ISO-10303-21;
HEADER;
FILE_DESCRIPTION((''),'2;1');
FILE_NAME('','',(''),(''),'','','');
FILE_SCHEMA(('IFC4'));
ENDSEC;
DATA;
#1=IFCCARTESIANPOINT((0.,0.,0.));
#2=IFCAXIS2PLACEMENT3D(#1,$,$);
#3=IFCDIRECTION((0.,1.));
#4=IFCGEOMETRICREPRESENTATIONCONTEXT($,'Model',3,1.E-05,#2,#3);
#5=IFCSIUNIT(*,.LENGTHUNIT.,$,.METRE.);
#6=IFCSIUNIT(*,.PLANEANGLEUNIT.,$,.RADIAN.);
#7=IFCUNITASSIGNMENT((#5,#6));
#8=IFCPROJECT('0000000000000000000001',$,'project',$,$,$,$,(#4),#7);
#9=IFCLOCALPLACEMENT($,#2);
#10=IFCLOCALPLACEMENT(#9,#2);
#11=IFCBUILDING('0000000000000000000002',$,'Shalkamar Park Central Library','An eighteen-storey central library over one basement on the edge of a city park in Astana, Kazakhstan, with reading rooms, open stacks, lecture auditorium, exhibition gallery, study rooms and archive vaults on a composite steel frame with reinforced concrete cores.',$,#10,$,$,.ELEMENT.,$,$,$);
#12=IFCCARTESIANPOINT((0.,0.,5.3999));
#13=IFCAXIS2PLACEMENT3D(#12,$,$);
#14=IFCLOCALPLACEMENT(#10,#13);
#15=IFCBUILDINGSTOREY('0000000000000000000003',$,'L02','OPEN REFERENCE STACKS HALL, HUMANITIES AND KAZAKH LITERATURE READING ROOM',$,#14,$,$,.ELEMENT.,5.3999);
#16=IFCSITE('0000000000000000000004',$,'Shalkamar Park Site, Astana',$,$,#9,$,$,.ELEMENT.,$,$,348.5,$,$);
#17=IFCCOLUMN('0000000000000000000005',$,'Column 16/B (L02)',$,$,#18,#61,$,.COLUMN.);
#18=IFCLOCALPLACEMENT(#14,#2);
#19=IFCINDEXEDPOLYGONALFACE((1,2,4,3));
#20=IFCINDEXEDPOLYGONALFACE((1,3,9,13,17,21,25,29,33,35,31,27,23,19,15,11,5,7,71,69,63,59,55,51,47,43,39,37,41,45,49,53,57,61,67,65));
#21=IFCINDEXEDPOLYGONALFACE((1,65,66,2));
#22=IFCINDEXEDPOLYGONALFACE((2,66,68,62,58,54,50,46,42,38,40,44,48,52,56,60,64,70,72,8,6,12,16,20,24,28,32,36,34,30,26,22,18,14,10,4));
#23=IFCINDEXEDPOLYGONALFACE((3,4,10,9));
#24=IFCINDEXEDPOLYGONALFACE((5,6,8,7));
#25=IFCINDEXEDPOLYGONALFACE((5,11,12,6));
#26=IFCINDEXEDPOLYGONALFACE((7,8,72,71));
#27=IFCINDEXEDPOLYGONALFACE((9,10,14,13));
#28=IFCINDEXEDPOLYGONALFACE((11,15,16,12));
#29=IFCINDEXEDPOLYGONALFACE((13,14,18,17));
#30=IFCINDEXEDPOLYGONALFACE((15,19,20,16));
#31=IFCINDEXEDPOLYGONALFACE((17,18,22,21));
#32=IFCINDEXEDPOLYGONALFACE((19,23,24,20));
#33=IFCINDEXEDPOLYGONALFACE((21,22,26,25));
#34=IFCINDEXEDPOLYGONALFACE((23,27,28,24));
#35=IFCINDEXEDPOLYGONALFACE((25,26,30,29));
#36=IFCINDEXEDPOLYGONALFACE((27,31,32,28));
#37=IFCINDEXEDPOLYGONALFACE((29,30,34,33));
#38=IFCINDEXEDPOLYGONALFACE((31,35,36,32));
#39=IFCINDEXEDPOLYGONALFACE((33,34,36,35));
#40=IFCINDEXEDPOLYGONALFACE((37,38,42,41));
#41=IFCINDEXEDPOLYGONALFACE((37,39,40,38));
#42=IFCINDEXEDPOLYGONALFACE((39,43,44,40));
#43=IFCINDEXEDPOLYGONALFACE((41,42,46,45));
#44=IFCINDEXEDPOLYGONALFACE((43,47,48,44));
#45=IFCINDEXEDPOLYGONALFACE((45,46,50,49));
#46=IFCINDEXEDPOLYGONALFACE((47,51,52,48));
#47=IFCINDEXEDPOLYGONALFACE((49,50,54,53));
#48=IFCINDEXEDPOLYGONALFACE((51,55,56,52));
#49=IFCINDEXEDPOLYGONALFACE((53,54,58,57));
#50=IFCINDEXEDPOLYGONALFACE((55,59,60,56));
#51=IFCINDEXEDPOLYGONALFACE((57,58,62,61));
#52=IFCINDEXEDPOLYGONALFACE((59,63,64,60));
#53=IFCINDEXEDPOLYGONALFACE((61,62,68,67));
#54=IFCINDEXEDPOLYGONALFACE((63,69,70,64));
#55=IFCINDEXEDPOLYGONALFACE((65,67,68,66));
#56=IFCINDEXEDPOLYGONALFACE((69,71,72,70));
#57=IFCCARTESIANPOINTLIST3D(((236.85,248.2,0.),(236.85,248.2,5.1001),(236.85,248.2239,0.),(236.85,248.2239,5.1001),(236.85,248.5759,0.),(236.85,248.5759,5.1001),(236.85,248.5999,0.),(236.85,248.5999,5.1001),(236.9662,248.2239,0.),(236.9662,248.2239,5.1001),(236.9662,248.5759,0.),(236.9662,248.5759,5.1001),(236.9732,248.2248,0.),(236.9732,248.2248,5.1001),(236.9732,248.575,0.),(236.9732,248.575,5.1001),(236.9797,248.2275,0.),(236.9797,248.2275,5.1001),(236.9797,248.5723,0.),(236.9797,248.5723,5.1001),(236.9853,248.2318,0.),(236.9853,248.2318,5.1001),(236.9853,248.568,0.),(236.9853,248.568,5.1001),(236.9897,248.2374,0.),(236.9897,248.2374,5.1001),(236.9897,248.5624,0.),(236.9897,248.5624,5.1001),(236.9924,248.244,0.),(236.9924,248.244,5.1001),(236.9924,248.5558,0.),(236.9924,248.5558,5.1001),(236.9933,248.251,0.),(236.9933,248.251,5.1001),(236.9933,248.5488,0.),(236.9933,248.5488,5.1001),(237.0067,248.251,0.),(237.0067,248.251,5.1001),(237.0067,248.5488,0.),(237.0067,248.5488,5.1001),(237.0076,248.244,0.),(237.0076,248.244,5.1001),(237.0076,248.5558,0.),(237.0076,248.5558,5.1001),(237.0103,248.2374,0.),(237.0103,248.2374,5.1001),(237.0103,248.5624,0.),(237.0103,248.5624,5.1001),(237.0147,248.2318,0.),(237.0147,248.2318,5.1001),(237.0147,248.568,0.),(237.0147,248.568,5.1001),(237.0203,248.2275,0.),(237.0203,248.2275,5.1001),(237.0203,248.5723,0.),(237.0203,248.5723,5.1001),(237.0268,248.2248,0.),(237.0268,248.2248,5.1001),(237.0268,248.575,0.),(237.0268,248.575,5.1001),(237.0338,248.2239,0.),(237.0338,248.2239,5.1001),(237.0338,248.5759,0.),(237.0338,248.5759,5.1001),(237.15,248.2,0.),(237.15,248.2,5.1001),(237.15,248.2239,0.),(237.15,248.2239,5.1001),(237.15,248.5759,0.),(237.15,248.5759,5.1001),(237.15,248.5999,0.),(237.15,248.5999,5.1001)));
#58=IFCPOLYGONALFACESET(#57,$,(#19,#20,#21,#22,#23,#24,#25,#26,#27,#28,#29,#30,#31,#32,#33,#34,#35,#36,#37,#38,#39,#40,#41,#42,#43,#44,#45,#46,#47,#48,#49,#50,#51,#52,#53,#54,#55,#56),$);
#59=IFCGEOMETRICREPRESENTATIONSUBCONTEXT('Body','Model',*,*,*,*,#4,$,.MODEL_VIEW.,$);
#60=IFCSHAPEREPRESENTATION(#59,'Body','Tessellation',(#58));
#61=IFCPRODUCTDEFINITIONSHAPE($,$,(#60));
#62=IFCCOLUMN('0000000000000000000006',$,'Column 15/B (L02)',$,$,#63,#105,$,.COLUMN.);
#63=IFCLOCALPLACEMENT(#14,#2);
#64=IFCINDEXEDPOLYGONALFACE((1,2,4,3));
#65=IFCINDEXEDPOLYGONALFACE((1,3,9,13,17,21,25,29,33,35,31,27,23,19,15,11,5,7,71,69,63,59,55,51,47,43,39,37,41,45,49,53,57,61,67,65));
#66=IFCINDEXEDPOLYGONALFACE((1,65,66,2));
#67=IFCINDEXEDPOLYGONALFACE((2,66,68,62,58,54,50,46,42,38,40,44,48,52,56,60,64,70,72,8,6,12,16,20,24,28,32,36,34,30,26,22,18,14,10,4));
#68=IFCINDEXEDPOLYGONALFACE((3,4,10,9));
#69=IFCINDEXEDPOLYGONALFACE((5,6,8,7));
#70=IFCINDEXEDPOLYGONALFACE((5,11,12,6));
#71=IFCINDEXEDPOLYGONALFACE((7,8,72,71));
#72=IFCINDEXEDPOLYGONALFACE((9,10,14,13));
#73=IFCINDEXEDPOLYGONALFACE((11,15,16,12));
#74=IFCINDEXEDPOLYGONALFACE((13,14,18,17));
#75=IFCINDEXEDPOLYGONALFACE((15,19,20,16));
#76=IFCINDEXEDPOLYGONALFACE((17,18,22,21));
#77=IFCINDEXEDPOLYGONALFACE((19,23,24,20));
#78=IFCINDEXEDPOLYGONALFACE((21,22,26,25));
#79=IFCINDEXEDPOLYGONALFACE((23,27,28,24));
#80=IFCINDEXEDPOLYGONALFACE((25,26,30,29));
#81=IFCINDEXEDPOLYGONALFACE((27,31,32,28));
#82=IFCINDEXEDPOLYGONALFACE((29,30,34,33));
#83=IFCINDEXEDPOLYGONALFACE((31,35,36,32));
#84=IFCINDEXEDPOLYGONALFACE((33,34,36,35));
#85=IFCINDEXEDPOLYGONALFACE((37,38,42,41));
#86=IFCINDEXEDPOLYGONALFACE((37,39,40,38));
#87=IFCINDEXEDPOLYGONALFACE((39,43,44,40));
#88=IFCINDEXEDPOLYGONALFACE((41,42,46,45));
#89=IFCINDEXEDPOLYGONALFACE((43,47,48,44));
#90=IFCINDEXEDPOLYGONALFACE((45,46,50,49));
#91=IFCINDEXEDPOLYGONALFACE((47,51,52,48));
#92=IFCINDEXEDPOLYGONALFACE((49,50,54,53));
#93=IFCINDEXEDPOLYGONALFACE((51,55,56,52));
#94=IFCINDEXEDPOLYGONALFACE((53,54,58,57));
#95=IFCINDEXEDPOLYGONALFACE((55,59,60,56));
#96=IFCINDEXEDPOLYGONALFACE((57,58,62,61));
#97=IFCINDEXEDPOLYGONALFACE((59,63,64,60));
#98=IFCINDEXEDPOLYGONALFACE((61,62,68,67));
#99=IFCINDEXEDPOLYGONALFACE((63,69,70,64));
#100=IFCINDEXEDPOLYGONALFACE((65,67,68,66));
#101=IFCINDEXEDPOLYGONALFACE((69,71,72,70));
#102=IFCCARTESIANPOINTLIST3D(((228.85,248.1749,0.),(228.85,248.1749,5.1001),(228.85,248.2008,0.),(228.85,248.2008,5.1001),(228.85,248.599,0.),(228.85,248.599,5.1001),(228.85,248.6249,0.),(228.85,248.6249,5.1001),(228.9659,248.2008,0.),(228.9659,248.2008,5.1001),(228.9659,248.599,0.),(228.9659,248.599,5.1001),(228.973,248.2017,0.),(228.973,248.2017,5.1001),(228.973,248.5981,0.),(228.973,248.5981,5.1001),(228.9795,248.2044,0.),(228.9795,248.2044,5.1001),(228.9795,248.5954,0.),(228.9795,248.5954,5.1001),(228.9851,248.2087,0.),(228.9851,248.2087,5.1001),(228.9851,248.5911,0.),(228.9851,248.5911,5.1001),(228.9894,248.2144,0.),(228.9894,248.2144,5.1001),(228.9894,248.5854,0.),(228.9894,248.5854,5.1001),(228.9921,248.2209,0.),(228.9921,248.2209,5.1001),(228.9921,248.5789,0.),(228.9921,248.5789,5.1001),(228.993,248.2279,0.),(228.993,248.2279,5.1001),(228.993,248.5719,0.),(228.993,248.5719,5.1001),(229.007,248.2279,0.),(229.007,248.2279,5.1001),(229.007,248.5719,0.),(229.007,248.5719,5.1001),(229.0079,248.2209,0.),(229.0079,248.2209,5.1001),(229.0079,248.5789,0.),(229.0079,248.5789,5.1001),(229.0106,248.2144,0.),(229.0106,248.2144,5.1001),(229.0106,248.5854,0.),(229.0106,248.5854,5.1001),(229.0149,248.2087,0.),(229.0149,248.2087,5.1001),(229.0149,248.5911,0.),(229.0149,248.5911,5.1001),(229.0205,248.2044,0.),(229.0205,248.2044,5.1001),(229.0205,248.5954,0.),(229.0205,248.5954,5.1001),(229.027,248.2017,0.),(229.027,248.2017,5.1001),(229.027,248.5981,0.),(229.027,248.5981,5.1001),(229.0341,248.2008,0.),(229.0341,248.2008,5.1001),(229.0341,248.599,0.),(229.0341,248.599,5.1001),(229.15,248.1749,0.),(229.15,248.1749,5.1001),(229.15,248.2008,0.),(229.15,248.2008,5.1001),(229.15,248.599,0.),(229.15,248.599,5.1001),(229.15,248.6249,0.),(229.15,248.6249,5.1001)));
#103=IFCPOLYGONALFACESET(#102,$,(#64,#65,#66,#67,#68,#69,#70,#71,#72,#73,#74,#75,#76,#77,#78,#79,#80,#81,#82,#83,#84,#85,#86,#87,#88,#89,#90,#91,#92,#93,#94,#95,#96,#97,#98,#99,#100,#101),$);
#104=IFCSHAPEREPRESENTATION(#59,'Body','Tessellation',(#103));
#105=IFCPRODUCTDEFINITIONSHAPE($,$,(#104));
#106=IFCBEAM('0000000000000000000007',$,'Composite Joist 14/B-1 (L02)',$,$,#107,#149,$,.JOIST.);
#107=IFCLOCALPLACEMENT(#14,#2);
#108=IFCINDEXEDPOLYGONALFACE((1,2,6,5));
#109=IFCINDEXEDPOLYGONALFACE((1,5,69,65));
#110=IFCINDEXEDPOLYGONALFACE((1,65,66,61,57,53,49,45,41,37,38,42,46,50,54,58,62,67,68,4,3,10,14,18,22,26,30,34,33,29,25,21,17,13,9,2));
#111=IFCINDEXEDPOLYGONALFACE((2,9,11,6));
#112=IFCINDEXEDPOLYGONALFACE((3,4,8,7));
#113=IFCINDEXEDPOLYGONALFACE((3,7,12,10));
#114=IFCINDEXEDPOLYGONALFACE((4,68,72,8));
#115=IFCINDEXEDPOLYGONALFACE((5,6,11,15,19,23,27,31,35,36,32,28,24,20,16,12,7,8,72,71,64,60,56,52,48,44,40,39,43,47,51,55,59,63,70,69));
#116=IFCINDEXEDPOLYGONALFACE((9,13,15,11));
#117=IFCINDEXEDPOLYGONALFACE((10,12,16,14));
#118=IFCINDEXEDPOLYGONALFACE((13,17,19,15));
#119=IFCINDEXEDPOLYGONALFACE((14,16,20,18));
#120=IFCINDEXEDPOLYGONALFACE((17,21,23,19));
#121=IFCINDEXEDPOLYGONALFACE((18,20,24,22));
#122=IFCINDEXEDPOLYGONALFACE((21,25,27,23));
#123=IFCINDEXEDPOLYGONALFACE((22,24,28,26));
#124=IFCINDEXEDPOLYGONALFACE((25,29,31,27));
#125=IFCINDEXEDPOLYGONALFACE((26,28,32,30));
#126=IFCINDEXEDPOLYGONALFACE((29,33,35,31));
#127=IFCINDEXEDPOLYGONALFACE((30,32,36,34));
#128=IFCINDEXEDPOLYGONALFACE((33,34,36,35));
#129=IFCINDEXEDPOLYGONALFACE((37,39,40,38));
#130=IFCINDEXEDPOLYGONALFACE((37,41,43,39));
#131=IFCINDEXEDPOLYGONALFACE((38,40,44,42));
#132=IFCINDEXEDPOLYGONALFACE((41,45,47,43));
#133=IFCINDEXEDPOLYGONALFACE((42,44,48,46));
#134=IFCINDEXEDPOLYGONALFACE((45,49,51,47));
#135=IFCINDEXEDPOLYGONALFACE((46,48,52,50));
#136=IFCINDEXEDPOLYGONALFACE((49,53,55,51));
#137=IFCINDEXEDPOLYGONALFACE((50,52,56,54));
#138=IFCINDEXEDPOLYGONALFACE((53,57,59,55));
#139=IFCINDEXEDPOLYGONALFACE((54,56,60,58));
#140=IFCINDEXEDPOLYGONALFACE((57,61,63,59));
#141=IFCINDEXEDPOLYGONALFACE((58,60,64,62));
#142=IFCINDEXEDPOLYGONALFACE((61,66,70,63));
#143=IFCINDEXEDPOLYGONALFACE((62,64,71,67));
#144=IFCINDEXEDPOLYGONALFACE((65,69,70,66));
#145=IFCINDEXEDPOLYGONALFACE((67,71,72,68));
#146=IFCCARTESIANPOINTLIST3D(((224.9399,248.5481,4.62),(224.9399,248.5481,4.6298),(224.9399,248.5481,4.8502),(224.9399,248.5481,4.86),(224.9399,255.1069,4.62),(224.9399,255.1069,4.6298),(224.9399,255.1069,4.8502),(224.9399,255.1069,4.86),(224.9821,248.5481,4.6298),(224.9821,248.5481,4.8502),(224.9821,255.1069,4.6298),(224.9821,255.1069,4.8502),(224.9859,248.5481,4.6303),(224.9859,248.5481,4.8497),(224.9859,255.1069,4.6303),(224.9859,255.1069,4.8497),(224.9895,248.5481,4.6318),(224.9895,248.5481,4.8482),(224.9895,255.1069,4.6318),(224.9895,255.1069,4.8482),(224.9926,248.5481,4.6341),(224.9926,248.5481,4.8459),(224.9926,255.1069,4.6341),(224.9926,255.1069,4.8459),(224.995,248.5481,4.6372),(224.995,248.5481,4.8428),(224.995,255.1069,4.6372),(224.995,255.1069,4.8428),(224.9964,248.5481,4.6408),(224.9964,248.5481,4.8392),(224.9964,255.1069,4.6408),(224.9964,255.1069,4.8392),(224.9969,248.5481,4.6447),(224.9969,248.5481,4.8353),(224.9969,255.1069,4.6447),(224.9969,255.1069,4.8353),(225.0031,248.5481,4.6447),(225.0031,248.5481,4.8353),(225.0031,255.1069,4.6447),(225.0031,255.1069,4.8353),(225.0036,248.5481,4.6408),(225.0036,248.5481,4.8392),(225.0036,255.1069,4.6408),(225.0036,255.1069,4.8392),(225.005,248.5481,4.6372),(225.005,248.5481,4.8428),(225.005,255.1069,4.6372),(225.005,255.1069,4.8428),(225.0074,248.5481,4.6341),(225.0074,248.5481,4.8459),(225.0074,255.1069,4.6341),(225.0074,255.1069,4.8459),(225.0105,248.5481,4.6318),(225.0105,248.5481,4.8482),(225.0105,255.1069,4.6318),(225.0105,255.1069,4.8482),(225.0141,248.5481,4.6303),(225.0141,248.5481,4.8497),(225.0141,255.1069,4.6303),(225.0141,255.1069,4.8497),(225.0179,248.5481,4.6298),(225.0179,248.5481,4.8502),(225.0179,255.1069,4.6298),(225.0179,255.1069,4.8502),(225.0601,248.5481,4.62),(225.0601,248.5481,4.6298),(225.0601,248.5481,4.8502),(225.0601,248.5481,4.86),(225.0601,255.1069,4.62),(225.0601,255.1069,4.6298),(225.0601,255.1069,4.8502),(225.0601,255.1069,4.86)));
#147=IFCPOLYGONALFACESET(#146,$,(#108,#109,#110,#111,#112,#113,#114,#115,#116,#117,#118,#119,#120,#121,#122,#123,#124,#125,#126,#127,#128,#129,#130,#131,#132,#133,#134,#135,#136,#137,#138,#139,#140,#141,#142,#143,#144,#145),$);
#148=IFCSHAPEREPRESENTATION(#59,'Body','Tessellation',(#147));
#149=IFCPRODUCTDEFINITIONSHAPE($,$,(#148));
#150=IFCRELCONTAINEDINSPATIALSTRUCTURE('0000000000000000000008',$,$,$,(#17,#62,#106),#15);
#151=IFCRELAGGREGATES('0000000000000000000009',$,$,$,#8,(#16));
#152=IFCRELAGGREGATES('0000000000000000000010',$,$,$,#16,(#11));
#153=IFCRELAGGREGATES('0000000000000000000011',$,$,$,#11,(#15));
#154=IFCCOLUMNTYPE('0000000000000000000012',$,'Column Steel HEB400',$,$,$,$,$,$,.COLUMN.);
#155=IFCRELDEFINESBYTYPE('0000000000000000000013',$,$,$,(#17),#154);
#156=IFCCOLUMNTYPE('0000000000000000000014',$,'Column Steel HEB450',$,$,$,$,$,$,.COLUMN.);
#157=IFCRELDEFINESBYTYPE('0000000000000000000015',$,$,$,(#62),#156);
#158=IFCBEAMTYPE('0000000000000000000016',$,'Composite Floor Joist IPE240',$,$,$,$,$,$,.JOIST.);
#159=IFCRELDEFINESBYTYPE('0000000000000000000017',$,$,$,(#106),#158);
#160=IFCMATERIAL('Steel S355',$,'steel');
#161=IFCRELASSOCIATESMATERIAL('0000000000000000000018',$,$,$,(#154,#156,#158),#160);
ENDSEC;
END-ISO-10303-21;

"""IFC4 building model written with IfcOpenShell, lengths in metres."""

from ifc_helpers import new_model, si_unit, direction, frame, origin, origin_2d, place, context, subcontext, project, spatial, i_section, extrude, material, material_profile, profile_set, type_object, element, save


model = new_model("IFC4")

# Units and contexts
model_context = context("Model", 3, precision=1e-05, world=origin(), true_north=direction((0.0, 1.0)))
body_context = subcontext(model_context, "Body", "Model", "MODEL_VIEW")
ifc_project = project(units=[si_unit("LENGTHUNIT", "METRE"), si_unit("PLANEANGLEUNIT", "RADIAN")], contexts=[model_context])

# Site, building, storey
site_placement = place(None, origin())
site = spatial("IfcSite", under=ifc_project, at=site_placement, Name="Shalkamar Park Site, Astana", CompositionType="ELEMENT", RefElevation=348.5)
building_placement = place(site_placement, origin())
building = spatial("IfcBuilding", under=site, at=building_placement, Name="Shalkamar Park Central Library", Description="An eighteen-storey central library over one basement on the edge of a city park in Astana, Kazakhstan, with reading rooms, open stacks, lecture auditorium, exhibition gallery, study rooms and archive vaults on a composite steel frame with reinforced concrete cores.", CompositionType="ELEMENT")
storey_placement = place(building_placement, frame((0.0, 0.0, 5.3999)))
storey = spatial("IfcBuildingStorey", under=building, at=storey_placement, Name="L02", Description="OPEN REFERENCE STACKS HALL, HUMANITIES AND KAZAKH LITERATURE READING ROOM", CompositionType="ELEMENT", Elevation=5.3999)

# Columns
ifc_material_1 = material(Name="Steel S355", Category="steel")
ifc_material_profile_1 = material_profile(ifc_material_1, i_section(OverallWidth=0.3, OverallDepth=0.3999, WebThickness=0.0134, FlangeThickness=0.0239, FilletRadius=0.0271, at=origin_2d()), Name="HEB 400")
ifc_profile_set_1 = profile_set([ifc_material_profile_1], Name="Steel S355")
column_type_1 = type_object("IfcColumnType", Name="Column Steel HEB400", PredefinedType="COLUMN", material=ifc_profile_set_1)
column_1_placement = place(storey_placement, frame((237.0, 248.3999, 0.0), z_axis=(0.0, 0.0, 1.0), x_axis=(1.0, 0.0, 0.0)))
element("IfcColumn", 1, at=column_1_placement, inside=storey, type_object=column_type_1, Name="Column 16/B (L02)", PredefinedType="COLUMN", context=body_context, shape_type="SweptSolid", body=[
    extrude(i_section(OverallWidth=0.3, OverallDepth=0.3999, WebThickness=0.0134, FlangeThickness=0.0239, FilletRadius=0.0271, at=origin_2d()), origin(), (0.0, 0.0, 1.0), 5.1001),
])
ifc_material_profile_2 = material_profile(ifc_material_1, i_section(OverallWidth=0.3, OverallDepth=0.45, WebThickness=0.0139, FlangeThickness=0.0259, FilletRadius=0.0271, at=origin_2d()), Name="HEB 450")
ifc_profile_set_2 = profile_set([ifc_material_profile_2], Name="Steel S355")
column_type_2 = type_object("IfcColumnType", Name="Column Steel HEB450", PredefinedType="COLUMN", material=ifc_profile_set_2)
column_2_placement = place(storey_placement, frame((229.0, 248.3999, 0.0), z_axis=(0.0, 0.0, 1.0), x_axis=(1.0, 0.0, 0.0)))
element("IfcColumn", 2, at=column_2_placement, inside=storey, type_object=column_type_2, Name="Column 15/B (L02)", PredefinedType="COLUMN", context=body_context, shape_type="SweptSolid", body=[
    extrude(i_section(OverallWidth=0.3, OverallDepth=0.45, WebThickness=0.0139, FlangeThickness=0.0259, FilletRadius=0.0271, at=origin_2d()), origin(), (0.0, 0.0, 1.0), 5.1001),
])

# Beam
ifc_material_profile_3 = material_profile(ifc_material_1, i_section(OverallWidth=0.1201, OverallDepth=0.24, WebThickness=0.0061, FlangeThickness=0.0098, FilletRadius=0.0149, at=origin_2d()), Name="IPE 240")
ifc_profile_set_3 = profile_set([ifc_material_profile_3], Name="Steel S355")
beam_type_1 = type_object("IfcBeamType", Name="Composite Floor Joist IPE240", PredefinedType="JOIST", material=ifc_profile_set_3)
beam_1_placement = place(storey_placement, frame((225.0, 248.5481, 4.74), z_axis=(0.0, 1.0, 0.0), x_axis=(-1.0, 0.0, 0.0)))
element("IfcBeam", 3, at=beam_1_placement, inside=storey, type_object=beam_type_1, Name="Composite Joist 14/B-1 (L02)", PredefinedType="JOIST", context=body_context, shape_type="SweptSolid", body=[
    extrude(i_section(OverallWidth=0.1201, OverallDepth=0.24, WebThickness=0.0061, FlangeThickness=0.0098, FilletRadius=0.0149, at=origin_2d()), origin(), (0.0, 0.0, 1.0), 6.5588),
])

save(model, "model.ifc")
